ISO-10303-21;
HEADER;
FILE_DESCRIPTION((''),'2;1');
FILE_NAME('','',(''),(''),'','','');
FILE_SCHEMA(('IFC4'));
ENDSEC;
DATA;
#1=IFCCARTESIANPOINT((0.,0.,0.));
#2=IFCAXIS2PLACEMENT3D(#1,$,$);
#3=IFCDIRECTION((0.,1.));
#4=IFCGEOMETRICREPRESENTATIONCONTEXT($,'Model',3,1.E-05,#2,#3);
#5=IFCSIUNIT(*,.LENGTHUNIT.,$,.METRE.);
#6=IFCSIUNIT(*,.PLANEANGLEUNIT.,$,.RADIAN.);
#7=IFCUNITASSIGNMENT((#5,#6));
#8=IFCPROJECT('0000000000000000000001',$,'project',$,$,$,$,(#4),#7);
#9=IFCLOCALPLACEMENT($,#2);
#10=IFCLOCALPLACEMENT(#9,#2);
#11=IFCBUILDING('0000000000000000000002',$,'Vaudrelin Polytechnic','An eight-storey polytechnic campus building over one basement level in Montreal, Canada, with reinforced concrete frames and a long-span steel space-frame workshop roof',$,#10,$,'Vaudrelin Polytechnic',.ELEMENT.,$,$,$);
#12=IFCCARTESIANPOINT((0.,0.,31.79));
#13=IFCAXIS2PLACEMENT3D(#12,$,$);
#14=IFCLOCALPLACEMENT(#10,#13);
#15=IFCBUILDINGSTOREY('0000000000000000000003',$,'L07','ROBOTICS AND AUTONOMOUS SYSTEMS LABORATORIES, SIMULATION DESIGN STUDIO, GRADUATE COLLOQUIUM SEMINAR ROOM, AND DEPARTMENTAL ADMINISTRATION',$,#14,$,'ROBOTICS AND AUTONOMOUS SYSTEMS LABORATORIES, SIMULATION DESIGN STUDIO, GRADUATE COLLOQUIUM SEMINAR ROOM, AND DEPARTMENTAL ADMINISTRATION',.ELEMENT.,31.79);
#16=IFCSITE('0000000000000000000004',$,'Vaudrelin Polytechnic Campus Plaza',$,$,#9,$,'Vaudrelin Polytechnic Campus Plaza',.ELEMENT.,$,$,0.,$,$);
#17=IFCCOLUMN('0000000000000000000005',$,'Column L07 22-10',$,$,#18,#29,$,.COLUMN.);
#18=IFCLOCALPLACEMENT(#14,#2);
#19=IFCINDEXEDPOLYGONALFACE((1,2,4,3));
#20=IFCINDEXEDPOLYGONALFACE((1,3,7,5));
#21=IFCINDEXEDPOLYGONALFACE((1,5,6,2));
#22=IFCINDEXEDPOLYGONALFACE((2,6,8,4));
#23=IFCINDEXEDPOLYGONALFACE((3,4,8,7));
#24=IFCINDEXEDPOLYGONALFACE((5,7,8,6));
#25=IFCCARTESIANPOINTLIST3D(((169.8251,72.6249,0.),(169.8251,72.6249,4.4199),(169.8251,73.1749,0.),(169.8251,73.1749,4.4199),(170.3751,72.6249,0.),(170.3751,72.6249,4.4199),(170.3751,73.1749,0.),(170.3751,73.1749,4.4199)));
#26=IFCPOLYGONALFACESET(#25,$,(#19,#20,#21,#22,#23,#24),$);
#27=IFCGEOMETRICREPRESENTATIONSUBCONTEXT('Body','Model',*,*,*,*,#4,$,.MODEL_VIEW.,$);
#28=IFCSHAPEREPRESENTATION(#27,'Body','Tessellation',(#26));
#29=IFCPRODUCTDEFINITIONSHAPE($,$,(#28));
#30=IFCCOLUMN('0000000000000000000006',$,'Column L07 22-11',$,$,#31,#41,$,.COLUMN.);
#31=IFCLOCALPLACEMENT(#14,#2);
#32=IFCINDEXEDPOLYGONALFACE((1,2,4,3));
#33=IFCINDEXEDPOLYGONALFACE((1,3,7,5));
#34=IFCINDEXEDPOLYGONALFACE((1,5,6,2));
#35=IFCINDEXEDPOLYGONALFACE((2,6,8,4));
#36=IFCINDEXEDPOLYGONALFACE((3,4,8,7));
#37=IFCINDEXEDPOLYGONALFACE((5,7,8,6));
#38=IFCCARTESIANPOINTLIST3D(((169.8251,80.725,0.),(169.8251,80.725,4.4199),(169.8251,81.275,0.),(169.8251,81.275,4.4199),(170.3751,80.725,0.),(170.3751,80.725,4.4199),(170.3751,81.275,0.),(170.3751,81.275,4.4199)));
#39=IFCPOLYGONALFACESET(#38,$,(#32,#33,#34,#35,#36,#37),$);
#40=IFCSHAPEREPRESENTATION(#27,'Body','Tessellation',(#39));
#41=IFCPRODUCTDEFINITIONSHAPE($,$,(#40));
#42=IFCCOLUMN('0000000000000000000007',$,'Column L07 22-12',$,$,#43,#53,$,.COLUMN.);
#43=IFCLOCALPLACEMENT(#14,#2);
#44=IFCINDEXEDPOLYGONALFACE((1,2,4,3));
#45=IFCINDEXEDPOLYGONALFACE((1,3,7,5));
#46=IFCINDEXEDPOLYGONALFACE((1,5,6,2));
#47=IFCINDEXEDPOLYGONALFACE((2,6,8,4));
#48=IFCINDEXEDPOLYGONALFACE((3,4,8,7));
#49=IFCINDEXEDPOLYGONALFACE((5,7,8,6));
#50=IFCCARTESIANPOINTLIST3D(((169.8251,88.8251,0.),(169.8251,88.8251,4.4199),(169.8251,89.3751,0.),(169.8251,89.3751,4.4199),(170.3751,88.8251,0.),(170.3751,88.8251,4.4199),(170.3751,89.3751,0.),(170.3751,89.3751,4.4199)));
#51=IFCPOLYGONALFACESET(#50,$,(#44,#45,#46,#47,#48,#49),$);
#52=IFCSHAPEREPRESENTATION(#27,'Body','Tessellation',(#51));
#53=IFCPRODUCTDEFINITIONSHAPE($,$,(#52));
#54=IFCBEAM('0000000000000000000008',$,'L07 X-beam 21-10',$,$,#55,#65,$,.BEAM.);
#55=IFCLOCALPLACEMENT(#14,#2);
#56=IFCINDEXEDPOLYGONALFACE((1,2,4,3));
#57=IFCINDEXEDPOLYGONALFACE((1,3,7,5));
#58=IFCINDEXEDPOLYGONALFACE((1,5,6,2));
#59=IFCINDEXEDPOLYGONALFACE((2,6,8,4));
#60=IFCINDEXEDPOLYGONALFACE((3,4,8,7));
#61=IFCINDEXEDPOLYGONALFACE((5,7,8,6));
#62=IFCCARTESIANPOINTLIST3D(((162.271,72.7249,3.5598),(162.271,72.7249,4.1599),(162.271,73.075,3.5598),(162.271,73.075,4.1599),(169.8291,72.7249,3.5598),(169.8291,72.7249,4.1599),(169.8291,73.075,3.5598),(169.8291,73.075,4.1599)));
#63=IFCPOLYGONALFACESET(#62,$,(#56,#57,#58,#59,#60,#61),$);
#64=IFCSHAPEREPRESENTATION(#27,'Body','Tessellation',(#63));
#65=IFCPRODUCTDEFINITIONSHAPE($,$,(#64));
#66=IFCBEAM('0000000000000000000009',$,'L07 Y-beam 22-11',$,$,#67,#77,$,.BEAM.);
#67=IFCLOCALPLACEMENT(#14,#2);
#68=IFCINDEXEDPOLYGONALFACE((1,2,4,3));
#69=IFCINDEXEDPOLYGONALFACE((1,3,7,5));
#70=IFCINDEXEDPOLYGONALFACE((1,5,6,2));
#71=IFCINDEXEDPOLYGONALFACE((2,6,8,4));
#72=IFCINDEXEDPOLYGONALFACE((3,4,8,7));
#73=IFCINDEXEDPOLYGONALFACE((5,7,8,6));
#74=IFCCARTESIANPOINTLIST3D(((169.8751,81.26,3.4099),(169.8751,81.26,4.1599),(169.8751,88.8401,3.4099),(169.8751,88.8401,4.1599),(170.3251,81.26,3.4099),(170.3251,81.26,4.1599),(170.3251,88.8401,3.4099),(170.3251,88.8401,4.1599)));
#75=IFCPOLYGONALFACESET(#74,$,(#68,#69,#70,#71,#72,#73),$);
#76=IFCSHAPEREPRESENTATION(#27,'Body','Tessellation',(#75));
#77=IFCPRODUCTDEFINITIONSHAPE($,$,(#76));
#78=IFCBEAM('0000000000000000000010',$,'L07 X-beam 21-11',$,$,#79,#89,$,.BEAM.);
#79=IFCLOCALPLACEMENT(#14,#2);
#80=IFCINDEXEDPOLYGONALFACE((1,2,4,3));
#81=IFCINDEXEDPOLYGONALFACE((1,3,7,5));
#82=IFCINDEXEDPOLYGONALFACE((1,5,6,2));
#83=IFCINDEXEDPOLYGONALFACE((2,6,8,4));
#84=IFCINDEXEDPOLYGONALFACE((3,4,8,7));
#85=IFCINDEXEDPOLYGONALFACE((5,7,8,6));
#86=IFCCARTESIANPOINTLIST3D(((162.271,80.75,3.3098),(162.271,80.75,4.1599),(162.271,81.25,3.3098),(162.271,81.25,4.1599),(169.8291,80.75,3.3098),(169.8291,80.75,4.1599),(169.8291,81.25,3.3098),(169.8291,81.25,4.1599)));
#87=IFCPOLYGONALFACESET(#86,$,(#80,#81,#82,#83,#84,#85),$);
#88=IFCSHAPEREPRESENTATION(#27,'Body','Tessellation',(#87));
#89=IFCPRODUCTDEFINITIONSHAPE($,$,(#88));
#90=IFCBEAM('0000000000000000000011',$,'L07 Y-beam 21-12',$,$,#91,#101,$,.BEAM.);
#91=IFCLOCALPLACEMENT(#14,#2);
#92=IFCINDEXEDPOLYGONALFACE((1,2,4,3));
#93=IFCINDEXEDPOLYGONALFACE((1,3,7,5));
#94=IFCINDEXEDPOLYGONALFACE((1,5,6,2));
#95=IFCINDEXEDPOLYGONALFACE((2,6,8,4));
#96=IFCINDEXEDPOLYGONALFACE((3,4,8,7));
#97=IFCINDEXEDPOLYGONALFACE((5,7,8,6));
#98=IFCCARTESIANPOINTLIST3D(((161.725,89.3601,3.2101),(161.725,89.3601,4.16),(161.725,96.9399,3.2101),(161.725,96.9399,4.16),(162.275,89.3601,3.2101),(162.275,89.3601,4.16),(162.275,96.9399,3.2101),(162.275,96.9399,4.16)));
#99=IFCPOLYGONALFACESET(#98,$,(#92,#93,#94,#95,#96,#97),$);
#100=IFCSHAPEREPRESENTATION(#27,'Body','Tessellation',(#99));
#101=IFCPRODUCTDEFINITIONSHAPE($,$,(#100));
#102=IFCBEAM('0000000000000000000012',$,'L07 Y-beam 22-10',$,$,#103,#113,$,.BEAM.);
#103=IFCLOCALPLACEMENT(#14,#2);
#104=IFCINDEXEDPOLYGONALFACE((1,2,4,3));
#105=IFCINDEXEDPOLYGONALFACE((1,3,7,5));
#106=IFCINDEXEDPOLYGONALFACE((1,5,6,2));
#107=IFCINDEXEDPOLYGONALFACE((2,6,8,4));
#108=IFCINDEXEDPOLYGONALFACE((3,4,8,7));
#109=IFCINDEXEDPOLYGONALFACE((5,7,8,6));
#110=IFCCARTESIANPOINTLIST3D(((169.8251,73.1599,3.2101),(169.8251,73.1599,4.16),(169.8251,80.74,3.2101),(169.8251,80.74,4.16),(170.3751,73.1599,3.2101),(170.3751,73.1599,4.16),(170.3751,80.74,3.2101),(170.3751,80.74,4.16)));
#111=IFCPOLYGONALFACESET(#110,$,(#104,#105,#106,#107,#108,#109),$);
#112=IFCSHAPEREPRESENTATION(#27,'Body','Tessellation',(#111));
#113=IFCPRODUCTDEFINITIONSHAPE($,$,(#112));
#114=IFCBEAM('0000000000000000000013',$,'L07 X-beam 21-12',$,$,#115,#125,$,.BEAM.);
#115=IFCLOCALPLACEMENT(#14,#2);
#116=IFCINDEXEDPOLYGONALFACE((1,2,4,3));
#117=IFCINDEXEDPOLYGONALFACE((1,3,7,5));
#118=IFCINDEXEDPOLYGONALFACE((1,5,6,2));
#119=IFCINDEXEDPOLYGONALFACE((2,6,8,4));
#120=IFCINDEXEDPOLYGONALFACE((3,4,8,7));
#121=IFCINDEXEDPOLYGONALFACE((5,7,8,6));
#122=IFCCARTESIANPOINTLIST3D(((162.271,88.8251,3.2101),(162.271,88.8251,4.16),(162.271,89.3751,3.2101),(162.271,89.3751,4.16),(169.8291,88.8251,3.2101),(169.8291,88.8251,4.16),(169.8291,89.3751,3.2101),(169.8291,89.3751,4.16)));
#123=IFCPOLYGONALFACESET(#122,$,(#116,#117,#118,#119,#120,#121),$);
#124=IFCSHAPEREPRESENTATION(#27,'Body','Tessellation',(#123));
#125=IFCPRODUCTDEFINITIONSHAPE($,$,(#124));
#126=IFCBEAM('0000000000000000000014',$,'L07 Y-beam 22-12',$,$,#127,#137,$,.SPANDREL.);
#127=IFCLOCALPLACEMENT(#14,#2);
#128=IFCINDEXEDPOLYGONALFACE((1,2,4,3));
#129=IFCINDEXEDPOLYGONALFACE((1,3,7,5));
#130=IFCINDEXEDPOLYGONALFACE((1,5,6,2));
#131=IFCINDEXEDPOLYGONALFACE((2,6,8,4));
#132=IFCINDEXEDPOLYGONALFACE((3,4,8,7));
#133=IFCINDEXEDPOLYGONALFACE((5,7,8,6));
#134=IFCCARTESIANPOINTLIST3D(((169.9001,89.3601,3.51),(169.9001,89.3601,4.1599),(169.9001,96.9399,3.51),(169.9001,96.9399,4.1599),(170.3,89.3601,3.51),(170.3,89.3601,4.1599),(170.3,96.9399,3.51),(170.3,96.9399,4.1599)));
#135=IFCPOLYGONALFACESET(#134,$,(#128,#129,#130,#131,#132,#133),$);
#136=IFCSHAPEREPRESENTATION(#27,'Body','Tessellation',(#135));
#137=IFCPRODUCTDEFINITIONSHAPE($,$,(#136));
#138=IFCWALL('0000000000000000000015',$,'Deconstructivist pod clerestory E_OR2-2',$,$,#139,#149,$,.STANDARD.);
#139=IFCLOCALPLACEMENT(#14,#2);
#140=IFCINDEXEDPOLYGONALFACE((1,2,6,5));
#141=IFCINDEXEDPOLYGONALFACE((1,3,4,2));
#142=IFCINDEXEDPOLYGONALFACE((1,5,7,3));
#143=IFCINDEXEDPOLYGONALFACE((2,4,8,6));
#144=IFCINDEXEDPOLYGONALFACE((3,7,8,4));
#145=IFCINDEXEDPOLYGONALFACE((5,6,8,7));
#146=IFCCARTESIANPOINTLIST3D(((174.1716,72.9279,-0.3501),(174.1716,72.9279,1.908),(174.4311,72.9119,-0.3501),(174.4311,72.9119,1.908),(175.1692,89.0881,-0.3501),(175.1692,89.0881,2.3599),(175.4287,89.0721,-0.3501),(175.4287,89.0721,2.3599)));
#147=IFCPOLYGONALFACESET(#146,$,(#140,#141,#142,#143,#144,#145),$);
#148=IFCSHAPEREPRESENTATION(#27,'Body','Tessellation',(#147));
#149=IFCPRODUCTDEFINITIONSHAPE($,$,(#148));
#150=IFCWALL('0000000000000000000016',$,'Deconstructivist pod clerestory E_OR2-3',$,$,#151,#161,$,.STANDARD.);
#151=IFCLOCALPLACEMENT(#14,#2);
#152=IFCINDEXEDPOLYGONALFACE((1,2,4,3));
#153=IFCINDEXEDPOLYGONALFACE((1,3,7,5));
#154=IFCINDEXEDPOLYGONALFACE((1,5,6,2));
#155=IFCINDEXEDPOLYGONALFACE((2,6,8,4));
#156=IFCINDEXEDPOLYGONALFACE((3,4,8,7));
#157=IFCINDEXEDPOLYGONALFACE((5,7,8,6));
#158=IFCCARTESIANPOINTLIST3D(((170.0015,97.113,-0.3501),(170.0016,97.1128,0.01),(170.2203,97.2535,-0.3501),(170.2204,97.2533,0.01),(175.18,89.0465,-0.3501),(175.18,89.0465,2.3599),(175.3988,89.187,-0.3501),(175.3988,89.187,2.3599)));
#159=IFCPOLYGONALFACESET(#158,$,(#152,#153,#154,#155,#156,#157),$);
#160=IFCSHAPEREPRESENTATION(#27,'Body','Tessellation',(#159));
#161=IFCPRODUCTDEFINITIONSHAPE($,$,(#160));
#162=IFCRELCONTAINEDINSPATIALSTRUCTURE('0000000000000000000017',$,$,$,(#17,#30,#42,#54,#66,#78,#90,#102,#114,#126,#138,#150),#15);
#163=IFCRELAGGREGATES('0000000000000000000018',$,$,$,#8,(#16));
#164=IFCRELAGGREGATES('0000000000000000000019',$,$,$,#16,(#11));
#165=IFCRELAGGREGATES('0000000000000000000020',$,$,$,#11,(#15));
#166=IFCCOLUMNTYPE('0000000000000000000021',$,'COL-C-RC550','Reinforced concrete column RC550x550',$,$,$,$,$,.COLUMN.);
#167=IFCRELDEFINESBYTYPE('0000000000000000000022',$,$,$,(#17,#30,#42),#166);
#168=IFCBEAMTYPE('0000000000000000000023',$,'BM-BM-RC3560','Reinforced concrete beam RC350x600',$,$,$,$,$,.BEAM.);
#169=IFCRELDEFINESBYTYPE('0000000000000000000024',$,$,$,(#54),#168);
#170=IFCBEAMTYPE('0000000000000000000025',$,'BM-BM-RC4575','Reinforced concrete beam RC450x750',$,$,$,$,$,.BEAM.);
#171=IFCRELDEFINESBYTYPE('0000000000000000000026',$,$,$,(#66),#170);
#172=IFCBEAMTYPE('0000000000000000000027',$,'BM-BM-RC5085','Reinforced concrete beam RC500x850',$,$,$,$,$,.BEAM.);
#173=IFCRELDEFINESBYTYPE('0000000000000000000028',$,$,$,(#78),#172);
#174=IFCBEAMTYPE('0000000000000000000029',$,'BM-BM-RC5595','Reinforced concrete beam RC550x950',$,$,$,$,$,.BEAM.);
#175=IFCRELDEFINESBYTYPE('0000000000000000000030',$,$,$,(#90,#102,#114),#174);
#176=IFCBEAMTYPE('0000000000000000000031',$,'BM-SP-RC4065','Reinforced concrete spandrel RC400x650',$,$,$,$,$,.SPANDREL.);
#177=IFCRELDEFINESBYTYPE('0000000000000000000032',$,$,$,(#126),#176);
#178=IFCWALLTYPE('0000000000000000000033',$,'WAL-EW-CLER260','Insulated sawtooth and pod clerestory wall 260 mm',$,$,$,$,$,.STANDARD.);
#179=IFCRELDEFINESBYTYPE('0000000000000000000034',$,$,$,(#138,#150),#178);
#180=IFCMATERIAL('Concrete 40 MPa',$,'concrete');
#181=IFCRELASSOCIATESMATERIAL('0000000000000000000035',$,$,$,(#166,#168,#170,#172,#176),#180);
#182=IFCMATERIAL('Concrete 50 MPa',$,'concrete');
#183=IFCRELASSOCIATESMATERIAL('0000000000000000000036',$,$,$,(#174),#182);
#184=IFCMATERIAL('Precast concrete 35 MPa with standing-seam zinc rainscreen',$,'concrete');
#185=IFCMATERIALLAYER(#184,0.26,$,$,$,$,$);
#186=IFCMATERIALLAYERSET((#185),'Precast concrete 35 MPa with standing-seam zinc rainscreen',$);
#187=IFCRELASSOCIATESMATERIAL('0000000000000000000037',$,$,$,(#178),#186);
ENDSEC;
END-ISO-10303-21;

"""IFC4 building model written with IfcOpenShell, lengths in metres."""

from ifc_helpers import new_model, si_unit, direction, frame, origin, origin_2d, place, context, subcontext, project, spatial, polyline, rectangle, outline, extrude, material, layer, layer_set, material_profile, profile_set, type_object, element, save


model = new_model("IFC4")

# Units and contexts
model_context = context("Model", 3, precision=1e-05, world=origin(), true_north=direction((0.0, 1.0)))
body_context = subcontext(model_context, "Body", "Model", "MODEL_VIEW")
ifc_project = project(units=[si_unit("LENGTHUNIT", "METRE"), si_unit("PLANEANGLEUNIT", "RADIAN")], contexts=[model_context])

# Site, building, storey
site_placement = place(None, origin())
site = spatial("IfcSite", under=ifc_project, at=site_placement, Name="Vaudrelin Polytechnic Campus Plaza", LongName="Vaudrelin Polytechnic Campus Plaza", CompositionType="ELEMENT", RefElevation=0.0)
building_placement = place(site_placement, origin())
building = spatial("IfcBuilding", under=site, at=building_placement, Name="Vaudrelin Polytechnic", Description="An eight-storey polytechnic campus building over one basement level in Montreal, Canada, with reinforced concrete frames and a long-span steel space-frame workshop roof", LongName="Vaudrelin Polytechnic", CompositionType="ELEMENT")
storey_placement = place(building_placement, frame((0.0, 0.0, 31.79)))
storey = spatial("IfcBuildingStorey", under=building, at=storey_placement, Name="L07", Description="ROBOTICS AND AUTONOMOUS SYSTEMS LABORATORIES, SIMULATION DESIGN STUDIO, GRADUATE COLLOQUIUM SEMINAR ROOM, AND DEPARTMENTAL ADMINISTRATION", LongName="ROBOTICS AND AUTONOMOUS SYSTEMS LABORATORIES, SIMULATION DESIGN STUDIO, GRADUATE COLLOQUIUM SEMINAR ROOM, AND DEPARTMENTAL ADMINISTRATION", CompositionType="ELEMENT", Elevation=31.79)

# Columns
ifc_material_1 = material(Name="Concrete 40 MPa", Category="concrete")
ifc_material_profile_1 = material_profile(ifc_material_1, rectangle(XDim=0.55, YDim=0.55, at=origin_2d()), Name="RC550x550")
ifc_profile_set_1 = profile_set([ifc_material_profile_1], Name="Concrete 40 MPa")
column_type = type_object("IfcColumnType", Name="COL-C-RC550", Description="Reinforced concrete column RC550x550", PredefinedType="COLUMN", material=ifc_profile_set_1)
for number, where, z_axis, x_axis, name in (
    (1, (170.1001, 72.8999, 0.0), (0.0, 0.0, 1.0), (1.0, 0.0, 0.0), "Column L07 22-10"),
    (2, (170.1001, 81.0, 0.0), (0.0, 0.0, 1.0), (1.0, 0.0, 0.0), "Column L07 22-11"),
    (3, (170.1001, 89.1001, 0.0), (0.0, 0.0, 1.0), (1.0, 0.0, 0.0), "Column L07 22-12"),
):
    element("IfcColumn", number, at=place(storey_placement, frame(where, z_axis=z_axis, x_axis=x_axis)), inside=storey, type_object=column_type, Name=name, PredefinedType="COLUMN", context=body_context, shape_type="SweptSolid", body=[
        extrude(rectangle(XDim=0.55, YDim=0.55, at=origin_2d()), origin(), (0.0, 0.0, 1.0), 4.4199),
    ])

# Beams
ifc_material_profile_2 = material_profile(ifc_material_1, rectangle(XDim=0.3501, YDim=0.6001, at=origin_2d()), Name="RC350x600")
ifc_profile_set_2 = profile_set([ifc_material_profile_2], Name="Concrete 40 MPa")
beam_type_1 = type_object("IfcBeamType", Name="BM-BM-RC3560", Description="Reinforced concrete beam RC350x600", PredefinedType="BEAM", material=ifc_profile_set_2)
beam_1_placement = place(storey_placement, frame((162.271, 72.8999, 3.8599), z_axis=(1.0, 0.0, 0.0), x_axis=(0.0, 1.0, 0.0)))
element("IfcBeam", 4, at=beam_1_placement, inside=storey, type_object=beam_type_1, Name="L07 X-beam 21-10", PredefinedType="BEAM", context=body_context, shape_type="SweptSolid", body=[
    extrude(rectangle(XDim=0.3501, YDim=0.6001, at=origin_2d()), origin(), (0.0, 0.0, 1.0), 7.5581),
])
ifc_material_profile_3 = material_profile(ifc_material_1, rectangle(XDim=0.45, YDim=0.75, at=origin_2d()), Name="RC450x750")
ifc_profile_set_3 = profile_set([ifc_material_profile_3], Name="Concrete 40 MPa")
beam_type_2 = type_object("IfcBeamType", Name="BM-BM-RC4575", Description="Reinforced concrete beam RC450x750", PredefinedType="BEAM", material=ifc_profile_set_3)
beam_2_placement = place(storey_placement, frame((170.1001, 81.26, 3.7849), z_axis=(0.0, 1.0, 0.0), x_axis=(-1.0, 0.0, 0.0)))
element("IfcBeam", 5, at=beam_2_placement, inside=storey, type_object=beam_type_2, Name="L07 Y-beam 22-11", PredefinedType="BEAM", context=body_context, shape_type="SweptSolid", body=[
    extrude(rectangle(XDim=0.45, YDim=0.75, at=origin_2d()), origin(), (0.0, 0.0, 1.0), 7.5801),
])
ifc_material_profile_4 = material_profile(ifc_material_1, rectangle(XDim=0.5, YDim=0.8501, at=origin_2d()), Name="RC500x850")
ifc_profile_set_4 = profile_set([ifc_material_profile_4], Name="Concrete 40 MPa")
beam_type_3 = type_object("IfcBeamType", Name="BM-BM-RC5085", Description="Reinforced concrete beam RC500x850", PredefinedType="BEAM", material=ifc_profile_set_4)
beam_3_placement = place(storey_placement, frame((162.271, 81.0, 3.7349), z_axis=(1.0, 0.0, 0.0), x_axis=(0.0, 1.0, 0.0)))
element("IfcBeam", 6, at=beam_3_placement, inside=storey, type_object=beam_type_3, Name="L07 X-beam 21-11", PredefinedType="BEAM", context=body_context, shape_type="SweptSolid", body=[
    extrude(rectangle(XDim=0.5, YDim=0.8501, at=origin_2d()), origin(), (0.0, 0.0, 1.0), 7.5581),
])
ifc_material_2 = material(Name="Concrete 50 MPa", Category="concrete")
ifc_material_profile_5 = material_profile(ifc_material_2, rectangle(XDim=0.55, YDim=0.95, at=origin_2d()), Name="RC550x950")
ifc_profile_set_5 = profile_set([ifc_material_profile_5], Name="Concrete 50 MPa")
beam_type_4 = type_object("IfcBeamType", Name="BM-BM-RC5595", Description="Reinforced concrete beam RC550x950", PredefinedType="BEAM", material=ifc_profile_set_5)
beam_4_placement = place(storey_placement, frame((162.0, 89.3601, 3.6851), z_axis=(0.0, 1.0, 0.0), x_axis=(-1.0, 0.0, 0.0)))
element("IfcBeam", 7, at=beam_4_placement, inside=storey, type_object=beam_type_4, Name="L07 Y-beam 21-12", PredefinedType="BEAM", context=body_context, shape_type="SweptSolid", body=[
    extrude(rectangle(XDim=0.55, YDim=0.95, at=origin_2d()), origin(), (0.0, 0.0, 1.0), 7.5798),
])
beam_5_placement = place(storey_placement, frame((170.1001, 73.1599, 3.6851), z_axis=(0.0, 1.0, 0.0), x_axis=(-1.0, 0.0, 0.0)))
element("IfcBeam", 8, at=beam_5_placement, inside=storey, type_object=beam_type_4, Name="L07 Y-beam 22-10", PredefinedType="BEAM", context=body_context, shape_type="SweptSolid", body=[
    extrude(rectangle(XDim=0.55, YDim=0.95, at=origin_2d()), origin(), (0.0, 0.0, 1.0), 7.5801),
])
beam_6_placement = place(storey_placement, frame((162.271, 89.1001, 3.6851), z_axis=(1.0, 0.0, 0.0), x_axis=(0.0, 1.0, 0.0)))
element("IfcBeam", 9, at=beam_6_placement, inside=storey, type_object=beam_type_4, Name="L07 X-beam 21-12", PredefinedType="BEAM", context=body_context, shape_type="SweptSolid", body=[
    extrude(rectangle(XDim=0.55, YDim=0.95, at=origin_2d()), origin(), (0.0, 0.0, 1.0), 7.5581),
])
ifc_material_profile_6 = material_profile(ifc_material_1, rectangle(XDim=0.3999, YDim=0.6499, at=origin_2d()), Name="RC400x650")
ifc_profile_set_6 = profile_set([ifc_material_profile_6], Name="Concrete 40 MPa")
beam_type_5 = type_object("IfcBeamType", Name="BM-SP-RC4065", Description="Reinforced concrete spandrel RC400x650", PredefinedType="SPANDREL", material=ifc_profile_set_6)
beam_7_placement = place(storey_placement, frame((170.1001, 89.3601, 3.835), z_axis=(0.0, 1.0, 0.0), x_axis=(-1.0, 0.0, 0.0)))
element("IfcBeam", 10, at=beam_7_placement, inside=storey, type_object=beam_type_5, Name="L07 Y-beam 22-12", PredefinedType="SPANDREL", context=body_context, shape_type="SweptSolid", body=[
    extrude(rectangle(XDim=0.3999, YDim=0.6499, at=origin_2d()), origin(), (0.0, 0.0, 1.0), 7.5798),
])

# Walls
ifc_material_3 = material(Name="Precast concrete 35 MPa with standing-seam zinc rainscreen", Category="concrete")
ifc_layer_1 = layer(ifc_material_3, 0.26)
ifc_layer_set_1 = layer_set([ifc_layer_1], Name="Precast concrete 35 MPa with standing-seam zinc rainscreen")
wall_type_1 = type_object("IfcWallType", Name="WAL-EW-CLER260", Description="Insulated sawtooth and pod clerestory wall 260 mm", PredefinedType="STANDARD", material=ifc_layer_set_1)
wall_1_placement = place(storey_placement, frame((174.3013, 72.9199, -0.3501), z_axis=(0.0, 0.0, 1.0), x_axis=(0.061612, 0.9981, 0.0)))
element("IfcWall", 11, at=wall_1_placement, inside=storey, type_object=wall_type_1, Name="Deconstructivist pod clerestory E_OR2-2", PredefinedType="STANDARD", context=body_context, shape_type="SweptSolid", body=[
    extrude(outline(polyline([(0.0, 0.0), (16.1909, 0.0), (16.1909, 2.71), (0.0, 2.2581), (0.0, 0.0)])), frame((0.0, 0.1299, 0.0), z_axis=(0.0, -1.0, 0.0), x_axis=(1.0, 0.0, 0.0)), (0.0, 0.0, 1.0), 0.26),
])
wall_2_placement = place(storey_placement, frame((175.2893, 89.1167, -0.3501), z_axis=(0.0, 0.0, 1.0), x_axis=(-0.540235, 0.841514, 0.0)))
element("IfcWall", 12, at=wall_2_placement, inside=storey, type_object=wall_type_1, Name="Deconstructivist pod clerestory E_OR2-3", PredefinedType="STANDARD", context=body_context, shape_type="SweptSolid", body=[
    extrude(outline(polyline([(0.0, 0.0), (9.5857, 0.0), (9.5854, 0.3601), (0.0, 2.71), (0.0, 0.0)])), frame((0.0, 0.1299, 0.0), z_axis=(0.0, -1.0, 0.0), x_axis=(1.0, 0.0, 0.0)), (0.0, 0.0, 1.0), 0.26),
])

save(model, "model.ifc")
